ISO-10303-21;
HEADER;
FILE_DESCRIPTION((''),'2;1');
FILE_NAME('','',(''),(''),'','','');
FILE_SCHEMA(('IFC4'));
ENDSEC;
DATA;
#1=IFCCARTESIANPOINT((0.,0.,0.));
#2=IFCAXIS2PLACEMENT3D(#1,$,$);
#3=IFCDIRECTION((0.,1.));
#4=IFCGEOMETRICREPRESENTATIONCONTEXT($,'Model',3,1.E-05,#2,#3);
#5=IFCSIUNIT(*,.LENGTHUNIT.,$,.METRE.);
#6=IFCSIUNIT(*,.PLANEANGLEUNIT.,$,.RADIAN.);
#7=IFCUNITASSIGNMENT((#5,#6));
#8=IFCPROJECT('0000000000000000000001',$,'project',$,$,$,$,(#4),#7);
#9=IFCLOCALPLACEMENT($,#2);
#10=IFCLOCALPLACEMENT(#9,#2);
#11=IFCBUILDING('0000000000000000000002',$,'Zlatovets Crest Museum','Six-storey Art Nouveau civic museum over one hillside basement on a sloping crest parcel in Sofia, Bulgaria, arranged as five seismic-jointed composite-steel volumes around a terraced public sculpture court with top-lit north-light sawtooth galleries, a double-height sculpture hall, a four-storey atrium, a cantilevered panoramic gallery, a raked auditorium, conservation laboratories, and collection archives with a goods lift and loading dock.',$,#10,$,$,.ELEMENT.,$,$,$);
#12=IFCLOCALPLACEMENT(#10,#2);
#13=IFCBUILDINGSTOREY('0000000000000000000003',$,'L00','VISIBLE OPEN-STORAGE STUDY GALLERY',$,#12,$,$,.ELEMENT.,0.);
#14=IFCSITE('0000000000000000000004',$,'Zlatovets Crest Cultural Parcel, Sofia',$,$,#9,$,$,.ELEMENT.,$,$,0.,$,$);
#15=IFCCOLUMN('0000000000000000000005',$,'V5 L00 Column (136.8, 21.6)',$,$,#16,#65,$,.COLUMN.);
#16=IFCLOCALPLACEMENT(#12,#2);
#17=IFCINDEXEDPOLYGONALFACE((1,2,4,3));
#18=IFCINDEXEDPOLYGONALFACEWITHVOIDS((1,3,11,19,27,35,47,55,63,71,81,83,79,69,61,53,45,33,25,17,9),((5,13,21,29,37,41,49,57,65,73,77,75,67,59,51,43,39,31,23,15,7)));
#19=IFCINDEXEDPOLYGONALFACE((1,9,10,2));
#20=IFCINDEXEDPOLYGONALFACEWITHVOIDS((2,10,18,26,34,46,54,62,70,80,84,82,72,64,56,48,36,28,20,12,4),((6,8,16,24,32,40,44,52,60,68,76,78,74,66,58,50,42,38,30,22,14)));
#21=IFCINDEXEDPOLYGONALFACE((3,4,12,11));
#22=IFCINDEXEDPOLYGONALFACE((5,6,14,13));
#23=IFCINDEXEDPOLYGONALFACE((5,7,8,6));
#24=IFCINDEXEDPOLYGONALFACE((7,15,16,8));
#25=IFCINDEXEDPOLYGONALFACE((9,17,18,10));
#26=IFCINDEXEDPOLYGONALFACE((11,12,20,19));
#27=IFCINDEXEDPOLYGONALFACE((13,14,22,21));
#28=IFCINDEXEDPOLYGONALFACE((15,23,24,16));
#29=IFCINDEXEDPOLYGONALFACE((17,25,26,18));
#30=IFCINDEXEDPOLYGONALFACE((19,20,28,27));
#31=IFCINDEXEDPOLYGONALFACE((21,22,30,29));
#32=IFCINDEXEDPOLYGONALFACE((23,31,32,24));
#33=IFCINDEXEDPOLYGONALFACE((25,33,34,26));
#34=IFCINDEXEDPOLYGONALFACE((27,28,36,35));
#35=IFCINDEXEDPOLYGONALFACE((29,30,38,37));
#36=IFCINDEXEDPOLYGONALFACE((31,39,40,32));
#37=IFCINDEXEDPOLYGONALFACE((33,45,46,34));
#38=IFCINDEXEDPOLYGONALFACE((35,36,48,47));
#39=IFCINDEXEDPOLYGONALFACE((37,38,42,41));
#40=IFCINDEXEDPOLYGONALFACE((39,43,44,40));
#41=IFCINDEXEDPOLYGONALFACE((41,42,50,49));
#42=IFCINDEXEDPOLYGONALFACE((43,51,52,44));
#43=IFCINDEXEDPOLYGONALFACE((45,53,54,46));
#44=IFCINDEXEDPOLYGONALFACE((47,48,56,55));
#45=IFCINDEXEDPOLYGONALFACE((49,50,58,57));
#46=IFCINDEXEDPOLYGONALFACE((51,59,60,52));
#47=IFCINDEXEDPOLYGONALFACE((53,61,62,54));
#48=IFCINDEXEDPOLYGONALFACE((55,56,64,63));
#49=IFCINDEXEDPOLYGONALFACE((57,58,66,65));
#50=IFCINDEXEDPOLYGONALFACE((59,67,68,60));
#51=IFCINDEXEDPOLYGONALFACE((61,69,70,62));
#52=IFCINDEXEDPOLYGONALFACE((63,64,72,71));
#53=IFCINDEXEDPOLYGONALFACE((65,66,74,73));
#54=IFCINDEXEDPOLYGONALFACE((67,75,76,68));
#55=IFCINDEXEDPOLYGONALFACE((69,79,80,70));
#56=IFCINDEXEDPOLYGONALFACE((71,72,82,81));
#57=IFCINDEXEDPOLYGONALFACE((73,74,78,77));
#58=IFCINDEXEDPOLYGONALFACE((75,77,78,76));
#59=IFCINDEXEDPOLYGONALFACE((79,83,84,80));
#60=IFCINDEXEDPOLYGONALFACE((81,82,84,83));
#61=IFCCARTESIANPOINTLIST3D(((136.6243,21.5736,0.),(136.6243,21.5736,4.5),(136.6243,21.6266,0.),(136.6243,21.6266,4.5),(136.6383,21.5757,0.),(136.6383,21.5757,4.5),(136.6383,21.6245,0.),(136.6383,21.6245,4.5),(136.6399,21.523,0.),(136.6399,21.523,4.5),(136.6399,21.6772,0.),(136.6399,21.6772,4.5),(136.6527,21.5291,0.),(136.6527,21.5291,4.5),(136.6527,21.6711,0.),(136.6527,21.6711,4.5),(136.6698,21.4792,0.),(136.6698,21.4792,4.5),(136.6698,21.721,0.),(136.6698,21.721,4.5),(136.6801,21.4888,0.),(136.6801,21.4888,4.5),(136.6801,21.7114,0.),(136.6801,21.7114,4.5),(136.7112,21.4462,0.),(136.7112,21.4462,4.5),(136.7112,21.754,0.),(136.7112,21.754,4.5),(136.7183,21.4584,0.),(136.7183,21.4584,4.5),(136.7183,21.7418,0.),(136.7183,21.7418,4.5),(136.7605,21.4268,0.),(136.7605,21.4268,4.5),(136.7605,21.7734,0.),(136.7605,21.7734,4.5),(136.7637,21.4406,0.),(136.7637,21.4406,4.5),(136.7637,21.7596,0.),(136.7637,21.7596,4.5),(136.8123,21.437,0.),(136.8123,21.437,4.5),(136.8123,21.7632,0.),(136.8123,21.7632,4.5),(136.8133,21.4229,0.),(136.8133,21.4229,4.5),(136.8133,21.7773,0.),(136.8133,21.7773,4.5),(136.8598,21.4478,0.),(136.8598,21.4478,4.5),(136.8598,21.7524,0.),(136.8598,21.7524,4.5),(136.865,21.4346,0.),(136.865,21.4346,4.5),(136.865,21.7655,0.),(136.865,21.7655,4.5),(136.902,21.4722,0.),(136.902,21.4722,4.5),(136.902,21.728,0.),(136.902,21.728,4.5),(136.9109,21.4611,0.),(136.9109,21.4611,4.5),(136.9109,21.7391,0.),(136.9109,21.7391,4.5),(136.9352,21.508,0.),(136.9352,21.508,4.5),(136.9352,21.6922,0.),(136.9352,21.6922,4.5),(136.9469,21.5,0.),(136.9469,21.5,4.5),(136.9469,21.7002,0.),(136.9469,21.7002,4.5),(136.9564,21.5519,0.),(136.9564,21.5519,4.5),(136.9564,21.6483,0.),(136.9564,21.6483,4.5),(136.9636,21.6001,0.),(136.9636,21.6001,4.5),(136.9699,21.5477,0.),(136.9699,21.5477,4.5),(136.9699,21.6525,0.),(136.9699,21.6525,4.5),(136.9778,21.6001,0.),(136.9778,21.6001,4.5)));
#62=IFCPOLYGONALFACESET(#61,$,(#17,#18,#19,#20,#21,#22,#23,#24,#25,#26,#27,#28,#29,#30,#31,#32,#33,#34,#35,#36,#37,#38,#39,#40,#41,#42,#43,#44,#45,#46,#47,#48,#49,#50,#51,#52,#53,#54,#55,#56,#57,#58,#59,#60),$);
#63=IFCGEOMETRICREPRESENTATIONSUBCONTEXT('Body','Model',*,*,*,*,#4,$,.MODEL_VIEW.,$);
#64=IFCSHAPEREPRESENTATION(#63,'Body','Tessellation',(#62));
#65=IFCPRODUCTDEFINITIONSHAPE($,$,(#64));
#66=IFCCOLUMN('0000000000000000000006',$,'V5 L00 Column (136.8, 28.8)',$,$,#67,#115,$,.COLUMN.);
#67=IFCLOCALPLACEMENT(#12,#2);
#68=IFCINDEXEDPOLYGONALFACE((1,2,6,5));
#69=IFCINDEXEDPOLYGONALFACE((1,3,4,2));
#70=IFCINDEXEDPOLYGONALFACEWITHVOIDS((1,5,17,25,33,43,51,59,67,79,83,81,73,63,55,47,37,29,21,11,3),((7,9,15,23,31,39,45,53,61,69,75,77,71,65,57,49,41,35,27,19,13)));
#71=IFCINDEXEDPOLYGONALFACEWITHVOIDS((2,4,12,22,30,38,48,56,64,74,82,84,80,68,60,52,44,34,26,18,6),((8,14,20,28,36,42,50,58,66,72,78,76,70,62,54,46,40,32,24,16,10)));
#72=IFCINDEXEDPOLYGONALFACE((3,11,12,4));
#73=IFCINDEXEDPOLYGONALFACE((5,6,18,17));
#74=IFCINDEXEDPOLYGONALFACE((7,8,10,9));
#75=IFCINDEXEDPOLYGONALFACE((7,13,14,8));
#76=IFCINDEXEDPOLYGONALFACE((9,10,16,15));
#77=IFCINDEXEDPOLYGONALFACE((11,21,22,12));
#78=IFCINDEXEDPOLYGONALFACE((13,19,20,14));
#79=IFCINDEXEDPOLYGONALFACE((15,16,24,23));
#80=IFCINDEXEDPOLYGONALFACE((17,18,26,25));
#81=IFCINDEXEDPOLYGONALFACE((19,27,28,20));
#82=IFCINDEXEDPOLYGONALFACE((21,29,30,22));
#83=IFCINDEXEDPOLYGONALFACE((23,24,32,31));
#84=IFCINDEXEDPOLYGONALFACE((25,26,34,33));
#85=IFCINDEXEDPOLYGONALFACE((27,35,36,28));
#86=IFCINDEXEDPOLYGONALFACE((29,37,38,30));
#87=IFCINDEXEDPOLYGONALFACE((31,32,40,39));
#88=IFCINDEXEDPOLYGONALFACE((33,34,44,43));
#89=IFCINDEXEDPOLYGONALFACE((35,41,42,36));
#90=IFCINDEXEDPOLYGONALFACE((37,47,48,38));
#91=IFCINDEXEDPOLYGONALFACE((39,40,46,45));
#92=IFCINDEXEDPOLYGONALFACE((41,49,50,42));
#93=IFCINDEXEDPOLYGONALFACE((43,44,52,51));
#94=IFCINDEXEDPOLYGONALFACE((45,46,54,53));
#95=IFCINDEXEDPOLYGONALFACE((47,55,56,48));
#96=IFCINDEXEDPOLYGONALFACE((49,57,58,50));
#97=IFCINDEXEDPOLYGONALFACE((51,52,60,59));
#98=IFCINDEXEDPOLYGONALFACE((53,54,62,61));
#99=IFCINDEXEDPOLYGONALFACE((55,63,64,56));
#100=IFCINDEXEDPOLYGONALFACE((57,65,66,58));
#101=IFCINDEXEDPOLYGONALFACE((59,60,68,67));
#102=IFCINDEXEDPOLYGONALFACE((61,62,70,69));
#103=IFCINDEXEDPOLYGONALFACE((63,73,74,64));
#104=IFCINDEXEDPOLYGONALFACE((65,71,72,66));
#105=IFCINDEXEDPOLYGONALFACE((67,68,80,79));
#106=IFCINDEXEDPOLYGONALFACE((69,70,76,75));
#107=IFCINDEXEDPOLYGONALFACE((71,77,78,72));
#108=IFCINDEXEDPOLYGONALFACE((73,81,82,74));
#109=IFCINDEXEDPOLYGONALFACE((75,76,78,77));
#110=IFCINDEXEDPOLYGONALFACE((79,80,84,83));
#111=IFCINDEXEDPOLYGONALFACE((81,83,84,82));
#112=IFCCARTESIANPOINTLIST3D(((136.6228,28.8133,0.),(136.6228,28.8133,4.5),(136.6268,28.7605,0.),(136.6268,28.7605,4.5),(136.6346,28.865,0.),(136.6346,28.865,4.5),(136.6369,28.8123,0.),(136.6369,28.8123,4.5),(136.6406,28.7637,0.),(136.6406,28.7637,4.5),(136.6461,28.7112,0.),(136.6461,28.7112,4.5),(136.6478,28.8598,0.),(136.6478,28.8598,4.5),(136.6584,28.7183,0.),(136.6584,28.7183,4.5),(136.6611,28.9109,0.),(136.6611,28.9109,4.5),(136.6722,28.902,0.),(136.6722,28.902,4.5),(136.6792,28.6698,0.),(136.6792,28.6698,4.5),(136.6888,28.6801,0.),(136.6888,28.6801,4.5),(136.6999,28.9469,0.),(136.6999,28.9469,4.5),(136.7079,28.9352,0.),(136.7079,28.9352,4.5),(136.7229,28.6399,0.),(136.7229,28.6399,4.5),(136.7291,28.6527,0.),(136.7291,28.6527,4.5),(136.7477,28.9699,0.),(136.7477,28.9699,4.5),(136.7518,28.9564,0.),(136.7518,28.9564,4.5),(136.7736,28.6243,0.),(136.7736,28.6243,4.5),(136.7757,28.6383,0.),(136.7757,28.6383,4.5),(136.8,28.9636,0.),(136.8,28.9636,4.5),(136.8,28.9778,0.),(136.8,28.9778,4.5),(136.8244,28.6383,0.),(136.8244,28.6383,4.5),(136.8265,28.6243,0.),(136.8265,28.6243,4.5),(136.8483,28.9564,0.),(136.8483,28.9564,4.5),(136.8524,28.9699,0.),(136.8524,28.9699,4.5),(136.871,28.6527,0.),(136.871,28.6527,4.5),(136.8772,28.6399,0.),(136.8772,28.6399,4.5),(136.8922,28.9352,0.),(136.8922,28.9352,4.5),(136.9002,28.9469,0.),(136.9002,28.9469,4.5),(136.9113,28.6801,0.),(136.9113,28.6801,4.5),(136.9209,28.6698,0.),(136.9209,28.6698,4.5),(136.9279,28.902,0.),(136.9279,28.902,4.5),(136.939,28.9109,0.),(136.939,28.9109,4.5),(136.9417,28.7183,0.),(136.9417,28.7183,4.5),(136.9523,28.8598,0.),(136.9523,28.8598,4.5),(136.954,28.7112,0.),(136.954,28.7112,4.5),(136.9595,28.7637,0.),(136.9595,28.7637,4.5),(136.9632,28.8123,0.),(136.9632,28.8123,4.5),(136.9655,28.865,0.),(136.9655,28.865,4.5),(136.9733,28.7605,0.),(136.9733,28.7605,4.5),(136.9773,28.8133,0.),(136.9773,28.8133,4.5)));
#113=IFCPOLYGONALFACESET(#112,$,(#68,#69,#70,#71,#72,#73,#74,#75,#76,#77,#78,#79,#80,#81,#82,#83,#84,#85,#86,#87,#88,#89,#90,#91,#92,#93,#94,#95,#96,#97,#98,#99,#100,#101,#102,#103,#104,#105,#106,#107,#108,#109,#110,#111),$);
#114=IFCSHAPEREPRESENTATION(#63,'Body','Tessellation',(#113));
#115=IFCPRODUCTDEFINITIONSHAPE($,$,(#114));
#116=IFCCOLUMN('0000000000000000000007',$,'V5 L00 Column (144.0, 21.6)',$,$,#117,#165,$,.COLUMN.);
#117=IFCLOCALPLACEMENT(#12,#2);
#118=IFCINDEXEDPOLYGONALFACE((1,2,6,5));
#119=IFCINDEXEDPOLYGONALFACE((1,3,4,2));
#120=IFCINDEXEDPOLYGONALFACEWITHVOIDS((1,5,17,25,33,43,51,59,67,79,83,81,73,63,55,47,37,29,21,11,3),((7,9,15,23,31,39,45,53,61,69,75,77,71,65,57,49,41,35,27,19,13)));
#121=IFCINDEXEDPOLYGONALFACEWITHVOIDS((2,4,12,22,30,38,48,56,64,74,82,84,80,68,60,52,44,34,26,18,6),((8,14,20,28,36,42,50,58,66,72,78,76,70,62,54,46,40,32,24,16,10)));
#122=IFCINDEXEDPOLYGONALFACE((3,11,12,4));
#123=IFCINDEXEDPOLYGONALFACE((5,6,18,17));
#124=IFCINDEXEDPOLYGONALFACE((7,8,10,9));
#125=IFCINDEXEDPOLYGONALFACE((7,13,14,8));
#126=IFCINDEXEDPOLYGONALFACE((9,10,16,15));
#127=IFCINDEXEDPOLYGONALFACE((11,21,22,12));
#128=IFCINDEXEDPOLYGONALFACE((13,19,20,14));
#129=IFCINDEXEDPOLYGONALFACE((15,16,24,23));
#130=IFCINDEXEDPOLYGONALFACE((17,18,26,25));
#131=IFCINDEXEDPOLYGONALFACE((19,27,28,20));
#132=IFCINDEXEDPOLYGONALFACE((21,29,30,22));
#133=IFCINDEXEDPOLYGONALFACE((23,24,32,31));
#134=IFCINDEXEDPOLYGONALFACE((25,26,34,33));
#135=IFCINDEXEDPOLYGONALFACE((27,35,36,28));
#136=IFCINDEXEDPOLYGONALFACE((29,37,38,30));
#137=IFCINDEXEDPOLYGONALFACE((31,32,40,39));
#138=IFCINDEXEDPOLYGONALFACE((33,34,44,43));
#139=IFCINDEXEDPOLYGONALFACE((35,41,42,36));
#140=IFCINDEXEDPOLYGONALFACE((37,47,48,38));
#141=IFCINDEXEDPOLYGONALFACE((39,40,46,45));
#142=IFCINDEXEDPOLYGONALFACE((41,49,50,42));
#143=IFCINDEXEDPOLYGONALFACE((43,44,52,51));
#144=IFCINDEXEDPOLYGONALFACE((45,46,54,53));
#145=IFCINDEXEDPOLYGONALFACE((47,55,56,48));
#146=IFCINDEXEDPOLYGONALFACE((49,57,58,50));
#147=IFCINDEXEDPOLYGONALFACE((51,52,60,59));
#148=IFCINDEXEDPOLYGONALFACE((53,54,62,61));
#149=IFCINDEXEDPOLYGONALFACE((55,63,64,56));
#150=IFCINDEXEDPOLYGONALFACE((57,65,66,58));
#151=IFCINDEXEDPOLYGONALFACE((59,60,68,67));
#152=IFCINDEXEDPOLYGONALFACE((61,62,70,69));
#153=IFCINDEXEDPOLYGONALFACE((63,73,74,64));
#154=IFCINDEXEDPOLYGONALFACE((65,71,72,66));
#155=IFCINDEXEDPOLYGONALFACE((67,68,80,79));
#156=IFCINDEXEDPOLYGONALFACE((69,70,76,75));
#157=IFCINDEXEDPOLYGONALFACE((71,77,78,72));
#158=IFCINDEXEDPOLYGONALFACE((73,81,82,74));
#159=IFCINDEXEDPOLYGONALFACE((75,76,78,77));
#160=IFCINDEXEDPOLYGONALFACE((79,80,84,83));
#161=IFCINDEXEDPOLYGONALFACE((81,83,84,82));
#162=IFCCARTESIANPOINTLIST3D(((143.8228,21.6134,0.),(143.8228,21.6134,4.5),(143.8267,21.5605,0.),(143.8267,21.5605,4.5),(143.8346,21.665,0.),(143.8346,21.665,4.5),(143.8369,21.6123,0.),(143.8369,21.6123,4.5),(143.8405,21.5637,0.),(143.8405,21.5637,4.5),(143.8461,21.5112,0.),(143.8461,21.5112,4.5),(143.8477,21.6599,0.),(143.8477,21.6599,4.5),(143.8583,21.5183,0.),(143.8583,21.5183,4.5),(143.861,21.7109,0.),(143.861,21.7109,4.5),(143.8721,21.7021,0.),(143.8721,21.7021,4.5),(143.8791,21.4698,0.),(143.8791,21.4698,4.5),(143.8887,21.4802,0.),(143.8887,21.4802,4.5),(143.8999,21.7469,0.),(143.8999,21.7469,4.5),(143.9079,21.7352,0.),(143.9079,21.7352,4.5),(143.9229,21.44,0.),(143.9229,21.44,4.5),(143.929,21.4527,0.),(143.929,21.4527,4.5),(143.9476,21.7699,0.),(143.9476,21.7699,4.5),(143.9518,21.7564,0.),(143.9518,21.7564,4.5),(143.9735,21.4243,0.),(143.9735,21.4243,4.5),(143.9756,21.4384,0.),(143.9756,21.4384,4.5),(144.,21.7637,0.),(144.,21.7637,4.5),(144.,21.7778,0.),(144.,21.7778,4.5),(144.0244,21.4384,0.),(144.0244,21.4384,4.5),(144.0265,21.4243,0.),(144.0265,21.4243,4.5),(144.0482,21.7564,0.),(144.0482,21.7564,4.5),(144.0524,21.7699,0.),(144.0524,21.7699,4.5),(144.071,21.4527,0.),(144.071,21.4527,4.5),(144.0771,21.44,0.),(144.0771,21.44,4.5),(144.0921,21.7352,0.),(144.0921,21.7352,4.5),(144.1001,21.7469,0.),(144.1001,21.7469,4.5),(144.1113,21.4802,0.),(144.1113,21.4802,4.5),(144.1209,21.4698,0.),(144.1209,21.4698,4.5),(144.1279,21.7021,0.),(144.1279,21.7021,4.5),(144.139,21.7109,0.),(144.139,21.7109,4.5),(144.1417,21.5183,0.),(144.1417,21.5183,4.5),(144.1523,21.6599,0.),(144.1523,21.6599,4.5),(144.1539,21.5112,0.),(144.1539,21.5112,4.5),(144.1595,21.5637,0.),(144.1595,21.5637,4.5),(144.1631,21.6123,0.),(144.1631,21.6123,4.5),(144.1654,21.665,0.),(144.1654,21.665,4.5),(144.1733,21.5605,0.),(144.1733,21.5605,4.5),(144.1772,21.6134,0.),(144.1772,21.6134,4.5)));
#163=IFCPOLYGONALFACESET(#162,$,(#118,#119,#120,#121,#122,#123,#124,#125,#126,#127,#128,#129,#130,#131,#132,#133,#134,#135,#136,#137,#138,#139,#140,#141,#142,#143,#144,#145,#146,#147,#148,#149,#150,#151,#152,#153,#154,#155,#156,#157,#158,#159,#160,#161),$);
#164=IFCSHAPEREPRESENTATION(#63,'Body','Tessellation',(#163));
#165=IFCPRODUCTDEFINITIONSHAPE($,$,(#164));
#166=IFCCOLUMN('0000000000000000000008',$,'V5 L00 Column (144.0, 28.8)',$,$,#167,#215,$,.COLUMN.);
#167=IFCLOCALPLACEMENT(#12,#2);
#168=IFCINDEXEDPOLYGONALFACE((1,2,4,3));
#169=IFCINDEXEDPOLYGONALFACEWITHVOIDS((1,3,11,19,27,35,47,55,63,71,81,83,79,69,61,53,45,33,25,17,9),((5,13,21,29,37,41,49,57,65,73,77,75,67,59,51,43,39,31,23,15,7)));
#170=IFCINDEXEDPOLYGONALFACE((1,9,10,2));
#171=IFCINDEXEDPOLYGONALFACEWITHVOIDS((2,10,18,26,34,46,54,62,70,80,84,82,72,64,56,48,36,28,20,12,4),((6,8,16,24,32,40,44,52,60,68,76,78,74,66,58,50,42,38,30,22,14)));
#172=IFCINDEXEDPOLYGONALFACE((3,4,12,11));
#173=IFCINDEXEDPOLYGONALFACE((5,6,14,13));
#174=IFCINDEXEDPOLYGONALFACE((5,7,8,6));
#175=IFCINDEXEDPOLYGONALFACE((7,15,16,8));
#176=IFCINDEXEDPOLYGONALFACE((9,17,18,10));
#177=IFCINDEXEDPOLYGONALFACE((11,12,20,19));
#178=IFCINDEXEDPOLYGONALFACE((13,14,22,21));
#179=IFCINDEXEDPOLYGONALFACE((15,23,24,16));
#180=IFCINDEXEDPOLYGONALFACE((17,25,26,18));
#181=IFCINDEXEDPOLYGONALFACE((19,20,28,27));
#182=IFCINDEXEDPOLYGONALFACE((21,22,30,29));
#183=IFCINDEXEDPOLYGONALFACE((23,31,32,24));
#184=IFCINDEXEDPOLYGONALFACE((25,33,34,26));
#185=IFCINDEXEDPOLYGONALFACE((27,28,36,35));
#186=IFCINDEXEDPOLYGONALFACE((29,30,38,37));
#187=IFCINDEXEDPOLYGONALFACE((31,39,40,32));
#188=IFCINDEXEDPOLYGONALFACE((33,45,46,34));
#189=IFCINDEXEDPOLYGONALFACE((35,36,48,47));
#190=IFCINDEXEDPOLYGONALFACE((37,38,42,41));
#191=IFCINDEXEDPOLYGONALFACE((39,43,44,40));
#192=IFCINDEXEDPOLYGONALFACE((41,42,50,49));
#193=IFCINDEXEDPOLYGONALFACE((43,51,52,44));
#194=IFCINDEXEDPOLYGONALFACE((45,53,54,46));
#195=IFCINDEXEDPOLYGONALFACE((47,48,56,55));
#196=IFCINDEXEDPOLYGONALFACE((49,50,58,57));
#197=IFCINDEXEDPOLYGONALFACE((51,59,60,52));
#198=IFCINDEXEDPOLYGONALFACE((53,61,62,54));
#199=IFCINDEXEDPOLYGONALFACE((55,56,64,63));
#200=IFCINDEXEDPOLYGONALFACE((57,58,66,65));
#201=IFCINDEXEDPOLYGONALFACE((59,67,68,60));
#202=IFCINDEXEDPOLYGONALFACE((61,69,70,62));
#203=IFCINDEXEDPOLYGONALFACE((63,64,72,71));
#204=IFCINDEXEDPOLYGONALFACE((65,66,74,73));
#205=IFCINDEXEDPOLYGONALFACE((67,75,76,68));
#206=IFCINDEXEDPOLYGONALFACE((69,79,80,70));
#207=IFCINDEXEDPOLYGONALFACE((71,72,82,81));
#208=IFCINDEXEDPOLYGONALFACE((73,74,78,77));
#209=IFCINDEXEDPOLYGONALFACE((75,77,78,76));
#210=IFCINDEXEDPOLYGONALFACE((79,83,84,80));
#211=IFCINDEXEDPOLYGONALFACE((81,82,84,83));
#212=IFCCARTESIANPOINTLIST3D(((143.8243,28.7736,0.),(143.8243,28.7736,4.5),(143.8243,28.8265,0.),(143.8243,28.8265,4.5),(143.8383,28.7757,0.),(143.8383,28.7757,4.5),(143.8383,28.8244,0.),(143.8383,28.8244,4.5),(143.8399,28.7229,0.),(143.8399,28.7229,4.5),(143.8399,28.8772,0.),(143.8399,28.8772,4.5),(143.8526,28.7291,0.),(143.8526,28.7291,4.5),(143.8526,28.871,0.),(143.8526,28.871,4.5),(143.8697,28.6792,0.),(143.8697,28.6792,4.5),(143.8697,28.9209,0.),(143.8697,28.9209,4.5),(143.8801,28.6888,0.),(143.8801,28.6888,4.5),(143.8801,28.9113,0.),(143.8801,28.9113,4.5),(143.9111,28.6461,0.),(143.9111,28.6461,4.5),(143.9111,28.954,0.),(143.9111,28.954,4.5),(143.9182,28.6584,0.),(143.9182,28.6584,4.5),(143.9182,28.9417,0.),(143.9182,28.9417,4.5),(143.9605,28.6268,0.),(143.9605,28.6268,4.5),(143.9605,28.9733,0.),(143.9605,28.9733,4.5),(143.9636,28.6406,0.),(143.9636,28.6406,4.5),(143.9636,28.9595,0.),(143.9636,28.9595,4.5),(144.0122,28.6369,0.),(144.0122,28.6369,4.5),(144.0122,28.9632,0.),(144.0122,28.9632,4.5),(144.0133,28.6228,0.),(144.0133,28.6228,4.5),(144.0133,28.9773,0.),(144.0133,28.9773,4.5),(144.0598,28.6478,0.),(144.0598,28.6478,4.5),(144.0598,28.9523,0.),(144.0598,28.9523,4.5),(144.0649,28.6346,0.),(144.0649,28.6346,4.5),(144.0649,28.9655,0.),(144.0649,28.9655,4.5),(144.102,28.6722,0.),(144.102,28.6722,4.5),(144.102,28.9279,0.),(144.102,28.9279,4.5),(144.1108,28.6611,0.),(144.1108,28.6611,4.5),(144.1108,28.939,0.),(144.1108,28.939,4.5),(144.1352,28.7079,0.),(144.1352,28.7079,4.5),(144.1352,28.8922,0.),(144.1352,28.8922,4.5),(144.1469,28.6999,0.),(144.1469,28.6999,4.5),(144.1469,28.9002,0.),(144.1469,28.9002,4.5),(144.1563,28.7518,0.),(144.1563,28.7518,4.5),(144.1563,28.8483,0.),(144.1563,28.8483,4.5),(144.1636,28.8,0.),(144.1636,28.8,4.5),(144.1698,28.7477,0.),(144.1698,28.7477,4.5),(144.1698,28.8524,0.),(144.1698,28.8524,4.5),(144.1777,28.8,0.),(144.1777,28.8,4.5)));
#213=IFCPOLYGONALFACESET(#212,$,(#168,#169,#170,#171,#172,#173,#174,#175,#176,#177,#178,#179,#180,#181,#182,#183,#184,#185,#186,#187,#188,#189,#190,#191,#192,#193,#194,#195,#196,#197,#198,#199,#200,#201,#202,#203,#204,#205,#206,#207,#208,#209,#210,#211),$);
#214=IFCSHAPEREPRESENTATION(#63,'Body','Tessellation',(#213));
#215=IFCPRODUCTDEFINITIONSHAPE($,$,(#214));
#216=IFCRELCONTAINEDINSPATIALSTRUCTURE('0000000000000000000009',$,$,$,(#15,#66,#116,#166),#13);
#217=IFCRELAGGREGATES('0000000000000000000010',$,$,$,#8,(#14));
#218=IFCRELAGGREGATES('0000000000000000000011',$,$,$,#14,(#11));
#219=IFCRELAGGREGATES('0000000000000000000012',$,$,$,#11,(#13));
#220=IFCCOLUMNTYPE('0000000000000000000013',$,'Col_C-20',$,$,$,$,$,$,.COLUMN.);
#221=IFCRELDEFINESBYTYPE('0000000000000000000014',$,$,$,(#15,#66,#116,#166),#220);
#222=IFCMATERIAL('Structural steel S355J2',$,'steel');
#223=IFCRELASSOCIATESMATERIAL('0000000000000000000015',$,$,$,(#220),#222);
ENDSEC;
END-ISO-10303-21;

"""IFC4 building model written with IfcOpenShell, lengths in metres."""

from ifc_helpers import new_model, si_unit, direction, frame, origin, origin_2d, place, context, subcontext, project, spatial, hollow_circle, extrude, material, material_profile, profile_set, type_object, element, save


model = new_model("IFC4")

# Units and contexts
model_context = context("Model", 3, precision=1e-05, world=origin(), true_north=direction((0.0, 1.0)))
body_context = subcontext(model_context, "Body", "Model", "MODEL_VIEW")
ifc_project = project(units=[si_unit("LENGTHUNIT", "METRE"), si_unit("PLANEANGLEUNIT", "RADIAN")], contexts=[model_context])

# Site, building, storey
site_placement = place(None, origin())
site = spatial("IfcSite", under=ifc_project, at=site_placement, Name="Zlatovets Crest Cultural Parcel, Sofia", CompositionType="ELEMENT", RefElevation=0.0)
building_placement = place(site_placement, origin())
building = spatial("IfcBuilding", under=site, at=building_placement, Name="Zlatovets Crest Museum", Description="Six-storey Art Nouveau civic museum over one hillside basement on a sloping crest parcel in Sofia, Bulgaria, arranged as five seismic-jointed composite-steel volumes around a terraced public sculpture court with top-lit north-light sawtooth galleries, a double-height sculpture hall, a four-storey atrium, a cantilevered panoramic gallery, a raked auditorium, conservation laboratories, and collection archives with a goods lift and loading dock.", CompositionType="ELEMENT")
storey_placement = place(building_placement, origin())
storey = spatial("IfcBuildingStorey", under=building, at=storey_placement, Name="L00", Description="VISIBLE OPEN-STORAGE STUDY GALLERY", CompositionType="ELEMENT", Elevation=0.0)

# Columns
ifc_material = material(Name="Structural steel S355J2", Category="steel")
ifc_material_profile_1 = material_profile(ifc_material, hollow_circle(Radius=0.1777, WallThickness=0.0142, at=origin_2d()), Name="CHS 355.6x14.2")
ifc_profile_set_1 = profile_set([ifc_material_profile_1], Name="Structural steel S355J2")
column_type = type_object("IfcColumnType", Name="Col_C-20", PredefinedType="COLUMN", material=ifc_profile_set_1)
for number, where, z_axis, x_axis, name in (
    (1, (136.8, 21.6001, 0.0), (0.0, 0.0, 1.0), (1.0, 0.0, 0.0), "V5 L00 Column (136.8, 21.6)"),
    (2, (136.8, 28.8, 0.0), (0.0, 0.0, 1.0), (0.0, 1.0, 0.0), "V5 L00 Column (136.8, 28.8)"),
    (3, (144.0, 21.6001, 0.0), (0.0, 0.0, 1.0), (0.0, 1.0, 0.0), "V5 L00 Column (144.0, 21.6)"),
    (4, (144.0, 28.8, 0.0), (0.0, 0.0, 1.0), (1.0, 0.0, 0.0), "V5 L00 Column (144.0, 28.8)"),
):
    element("IfcColumn", number, at=place(storey_placement, frame(where, z_axis=z_axis, x_axis=x_axis)), inside=storey, type_object=column_type, Name=name, PredefinedType="COLUMN", context=body_context, shape_type="SweptSolid", body=[
        extrude(hollow_circle(Radius=0.1777, WallThickness=0.0142, at=origin_2d()), origin(), (0.0, 0.0, 1.0), 4.5),
    ])

save(model, "model.ifc")
